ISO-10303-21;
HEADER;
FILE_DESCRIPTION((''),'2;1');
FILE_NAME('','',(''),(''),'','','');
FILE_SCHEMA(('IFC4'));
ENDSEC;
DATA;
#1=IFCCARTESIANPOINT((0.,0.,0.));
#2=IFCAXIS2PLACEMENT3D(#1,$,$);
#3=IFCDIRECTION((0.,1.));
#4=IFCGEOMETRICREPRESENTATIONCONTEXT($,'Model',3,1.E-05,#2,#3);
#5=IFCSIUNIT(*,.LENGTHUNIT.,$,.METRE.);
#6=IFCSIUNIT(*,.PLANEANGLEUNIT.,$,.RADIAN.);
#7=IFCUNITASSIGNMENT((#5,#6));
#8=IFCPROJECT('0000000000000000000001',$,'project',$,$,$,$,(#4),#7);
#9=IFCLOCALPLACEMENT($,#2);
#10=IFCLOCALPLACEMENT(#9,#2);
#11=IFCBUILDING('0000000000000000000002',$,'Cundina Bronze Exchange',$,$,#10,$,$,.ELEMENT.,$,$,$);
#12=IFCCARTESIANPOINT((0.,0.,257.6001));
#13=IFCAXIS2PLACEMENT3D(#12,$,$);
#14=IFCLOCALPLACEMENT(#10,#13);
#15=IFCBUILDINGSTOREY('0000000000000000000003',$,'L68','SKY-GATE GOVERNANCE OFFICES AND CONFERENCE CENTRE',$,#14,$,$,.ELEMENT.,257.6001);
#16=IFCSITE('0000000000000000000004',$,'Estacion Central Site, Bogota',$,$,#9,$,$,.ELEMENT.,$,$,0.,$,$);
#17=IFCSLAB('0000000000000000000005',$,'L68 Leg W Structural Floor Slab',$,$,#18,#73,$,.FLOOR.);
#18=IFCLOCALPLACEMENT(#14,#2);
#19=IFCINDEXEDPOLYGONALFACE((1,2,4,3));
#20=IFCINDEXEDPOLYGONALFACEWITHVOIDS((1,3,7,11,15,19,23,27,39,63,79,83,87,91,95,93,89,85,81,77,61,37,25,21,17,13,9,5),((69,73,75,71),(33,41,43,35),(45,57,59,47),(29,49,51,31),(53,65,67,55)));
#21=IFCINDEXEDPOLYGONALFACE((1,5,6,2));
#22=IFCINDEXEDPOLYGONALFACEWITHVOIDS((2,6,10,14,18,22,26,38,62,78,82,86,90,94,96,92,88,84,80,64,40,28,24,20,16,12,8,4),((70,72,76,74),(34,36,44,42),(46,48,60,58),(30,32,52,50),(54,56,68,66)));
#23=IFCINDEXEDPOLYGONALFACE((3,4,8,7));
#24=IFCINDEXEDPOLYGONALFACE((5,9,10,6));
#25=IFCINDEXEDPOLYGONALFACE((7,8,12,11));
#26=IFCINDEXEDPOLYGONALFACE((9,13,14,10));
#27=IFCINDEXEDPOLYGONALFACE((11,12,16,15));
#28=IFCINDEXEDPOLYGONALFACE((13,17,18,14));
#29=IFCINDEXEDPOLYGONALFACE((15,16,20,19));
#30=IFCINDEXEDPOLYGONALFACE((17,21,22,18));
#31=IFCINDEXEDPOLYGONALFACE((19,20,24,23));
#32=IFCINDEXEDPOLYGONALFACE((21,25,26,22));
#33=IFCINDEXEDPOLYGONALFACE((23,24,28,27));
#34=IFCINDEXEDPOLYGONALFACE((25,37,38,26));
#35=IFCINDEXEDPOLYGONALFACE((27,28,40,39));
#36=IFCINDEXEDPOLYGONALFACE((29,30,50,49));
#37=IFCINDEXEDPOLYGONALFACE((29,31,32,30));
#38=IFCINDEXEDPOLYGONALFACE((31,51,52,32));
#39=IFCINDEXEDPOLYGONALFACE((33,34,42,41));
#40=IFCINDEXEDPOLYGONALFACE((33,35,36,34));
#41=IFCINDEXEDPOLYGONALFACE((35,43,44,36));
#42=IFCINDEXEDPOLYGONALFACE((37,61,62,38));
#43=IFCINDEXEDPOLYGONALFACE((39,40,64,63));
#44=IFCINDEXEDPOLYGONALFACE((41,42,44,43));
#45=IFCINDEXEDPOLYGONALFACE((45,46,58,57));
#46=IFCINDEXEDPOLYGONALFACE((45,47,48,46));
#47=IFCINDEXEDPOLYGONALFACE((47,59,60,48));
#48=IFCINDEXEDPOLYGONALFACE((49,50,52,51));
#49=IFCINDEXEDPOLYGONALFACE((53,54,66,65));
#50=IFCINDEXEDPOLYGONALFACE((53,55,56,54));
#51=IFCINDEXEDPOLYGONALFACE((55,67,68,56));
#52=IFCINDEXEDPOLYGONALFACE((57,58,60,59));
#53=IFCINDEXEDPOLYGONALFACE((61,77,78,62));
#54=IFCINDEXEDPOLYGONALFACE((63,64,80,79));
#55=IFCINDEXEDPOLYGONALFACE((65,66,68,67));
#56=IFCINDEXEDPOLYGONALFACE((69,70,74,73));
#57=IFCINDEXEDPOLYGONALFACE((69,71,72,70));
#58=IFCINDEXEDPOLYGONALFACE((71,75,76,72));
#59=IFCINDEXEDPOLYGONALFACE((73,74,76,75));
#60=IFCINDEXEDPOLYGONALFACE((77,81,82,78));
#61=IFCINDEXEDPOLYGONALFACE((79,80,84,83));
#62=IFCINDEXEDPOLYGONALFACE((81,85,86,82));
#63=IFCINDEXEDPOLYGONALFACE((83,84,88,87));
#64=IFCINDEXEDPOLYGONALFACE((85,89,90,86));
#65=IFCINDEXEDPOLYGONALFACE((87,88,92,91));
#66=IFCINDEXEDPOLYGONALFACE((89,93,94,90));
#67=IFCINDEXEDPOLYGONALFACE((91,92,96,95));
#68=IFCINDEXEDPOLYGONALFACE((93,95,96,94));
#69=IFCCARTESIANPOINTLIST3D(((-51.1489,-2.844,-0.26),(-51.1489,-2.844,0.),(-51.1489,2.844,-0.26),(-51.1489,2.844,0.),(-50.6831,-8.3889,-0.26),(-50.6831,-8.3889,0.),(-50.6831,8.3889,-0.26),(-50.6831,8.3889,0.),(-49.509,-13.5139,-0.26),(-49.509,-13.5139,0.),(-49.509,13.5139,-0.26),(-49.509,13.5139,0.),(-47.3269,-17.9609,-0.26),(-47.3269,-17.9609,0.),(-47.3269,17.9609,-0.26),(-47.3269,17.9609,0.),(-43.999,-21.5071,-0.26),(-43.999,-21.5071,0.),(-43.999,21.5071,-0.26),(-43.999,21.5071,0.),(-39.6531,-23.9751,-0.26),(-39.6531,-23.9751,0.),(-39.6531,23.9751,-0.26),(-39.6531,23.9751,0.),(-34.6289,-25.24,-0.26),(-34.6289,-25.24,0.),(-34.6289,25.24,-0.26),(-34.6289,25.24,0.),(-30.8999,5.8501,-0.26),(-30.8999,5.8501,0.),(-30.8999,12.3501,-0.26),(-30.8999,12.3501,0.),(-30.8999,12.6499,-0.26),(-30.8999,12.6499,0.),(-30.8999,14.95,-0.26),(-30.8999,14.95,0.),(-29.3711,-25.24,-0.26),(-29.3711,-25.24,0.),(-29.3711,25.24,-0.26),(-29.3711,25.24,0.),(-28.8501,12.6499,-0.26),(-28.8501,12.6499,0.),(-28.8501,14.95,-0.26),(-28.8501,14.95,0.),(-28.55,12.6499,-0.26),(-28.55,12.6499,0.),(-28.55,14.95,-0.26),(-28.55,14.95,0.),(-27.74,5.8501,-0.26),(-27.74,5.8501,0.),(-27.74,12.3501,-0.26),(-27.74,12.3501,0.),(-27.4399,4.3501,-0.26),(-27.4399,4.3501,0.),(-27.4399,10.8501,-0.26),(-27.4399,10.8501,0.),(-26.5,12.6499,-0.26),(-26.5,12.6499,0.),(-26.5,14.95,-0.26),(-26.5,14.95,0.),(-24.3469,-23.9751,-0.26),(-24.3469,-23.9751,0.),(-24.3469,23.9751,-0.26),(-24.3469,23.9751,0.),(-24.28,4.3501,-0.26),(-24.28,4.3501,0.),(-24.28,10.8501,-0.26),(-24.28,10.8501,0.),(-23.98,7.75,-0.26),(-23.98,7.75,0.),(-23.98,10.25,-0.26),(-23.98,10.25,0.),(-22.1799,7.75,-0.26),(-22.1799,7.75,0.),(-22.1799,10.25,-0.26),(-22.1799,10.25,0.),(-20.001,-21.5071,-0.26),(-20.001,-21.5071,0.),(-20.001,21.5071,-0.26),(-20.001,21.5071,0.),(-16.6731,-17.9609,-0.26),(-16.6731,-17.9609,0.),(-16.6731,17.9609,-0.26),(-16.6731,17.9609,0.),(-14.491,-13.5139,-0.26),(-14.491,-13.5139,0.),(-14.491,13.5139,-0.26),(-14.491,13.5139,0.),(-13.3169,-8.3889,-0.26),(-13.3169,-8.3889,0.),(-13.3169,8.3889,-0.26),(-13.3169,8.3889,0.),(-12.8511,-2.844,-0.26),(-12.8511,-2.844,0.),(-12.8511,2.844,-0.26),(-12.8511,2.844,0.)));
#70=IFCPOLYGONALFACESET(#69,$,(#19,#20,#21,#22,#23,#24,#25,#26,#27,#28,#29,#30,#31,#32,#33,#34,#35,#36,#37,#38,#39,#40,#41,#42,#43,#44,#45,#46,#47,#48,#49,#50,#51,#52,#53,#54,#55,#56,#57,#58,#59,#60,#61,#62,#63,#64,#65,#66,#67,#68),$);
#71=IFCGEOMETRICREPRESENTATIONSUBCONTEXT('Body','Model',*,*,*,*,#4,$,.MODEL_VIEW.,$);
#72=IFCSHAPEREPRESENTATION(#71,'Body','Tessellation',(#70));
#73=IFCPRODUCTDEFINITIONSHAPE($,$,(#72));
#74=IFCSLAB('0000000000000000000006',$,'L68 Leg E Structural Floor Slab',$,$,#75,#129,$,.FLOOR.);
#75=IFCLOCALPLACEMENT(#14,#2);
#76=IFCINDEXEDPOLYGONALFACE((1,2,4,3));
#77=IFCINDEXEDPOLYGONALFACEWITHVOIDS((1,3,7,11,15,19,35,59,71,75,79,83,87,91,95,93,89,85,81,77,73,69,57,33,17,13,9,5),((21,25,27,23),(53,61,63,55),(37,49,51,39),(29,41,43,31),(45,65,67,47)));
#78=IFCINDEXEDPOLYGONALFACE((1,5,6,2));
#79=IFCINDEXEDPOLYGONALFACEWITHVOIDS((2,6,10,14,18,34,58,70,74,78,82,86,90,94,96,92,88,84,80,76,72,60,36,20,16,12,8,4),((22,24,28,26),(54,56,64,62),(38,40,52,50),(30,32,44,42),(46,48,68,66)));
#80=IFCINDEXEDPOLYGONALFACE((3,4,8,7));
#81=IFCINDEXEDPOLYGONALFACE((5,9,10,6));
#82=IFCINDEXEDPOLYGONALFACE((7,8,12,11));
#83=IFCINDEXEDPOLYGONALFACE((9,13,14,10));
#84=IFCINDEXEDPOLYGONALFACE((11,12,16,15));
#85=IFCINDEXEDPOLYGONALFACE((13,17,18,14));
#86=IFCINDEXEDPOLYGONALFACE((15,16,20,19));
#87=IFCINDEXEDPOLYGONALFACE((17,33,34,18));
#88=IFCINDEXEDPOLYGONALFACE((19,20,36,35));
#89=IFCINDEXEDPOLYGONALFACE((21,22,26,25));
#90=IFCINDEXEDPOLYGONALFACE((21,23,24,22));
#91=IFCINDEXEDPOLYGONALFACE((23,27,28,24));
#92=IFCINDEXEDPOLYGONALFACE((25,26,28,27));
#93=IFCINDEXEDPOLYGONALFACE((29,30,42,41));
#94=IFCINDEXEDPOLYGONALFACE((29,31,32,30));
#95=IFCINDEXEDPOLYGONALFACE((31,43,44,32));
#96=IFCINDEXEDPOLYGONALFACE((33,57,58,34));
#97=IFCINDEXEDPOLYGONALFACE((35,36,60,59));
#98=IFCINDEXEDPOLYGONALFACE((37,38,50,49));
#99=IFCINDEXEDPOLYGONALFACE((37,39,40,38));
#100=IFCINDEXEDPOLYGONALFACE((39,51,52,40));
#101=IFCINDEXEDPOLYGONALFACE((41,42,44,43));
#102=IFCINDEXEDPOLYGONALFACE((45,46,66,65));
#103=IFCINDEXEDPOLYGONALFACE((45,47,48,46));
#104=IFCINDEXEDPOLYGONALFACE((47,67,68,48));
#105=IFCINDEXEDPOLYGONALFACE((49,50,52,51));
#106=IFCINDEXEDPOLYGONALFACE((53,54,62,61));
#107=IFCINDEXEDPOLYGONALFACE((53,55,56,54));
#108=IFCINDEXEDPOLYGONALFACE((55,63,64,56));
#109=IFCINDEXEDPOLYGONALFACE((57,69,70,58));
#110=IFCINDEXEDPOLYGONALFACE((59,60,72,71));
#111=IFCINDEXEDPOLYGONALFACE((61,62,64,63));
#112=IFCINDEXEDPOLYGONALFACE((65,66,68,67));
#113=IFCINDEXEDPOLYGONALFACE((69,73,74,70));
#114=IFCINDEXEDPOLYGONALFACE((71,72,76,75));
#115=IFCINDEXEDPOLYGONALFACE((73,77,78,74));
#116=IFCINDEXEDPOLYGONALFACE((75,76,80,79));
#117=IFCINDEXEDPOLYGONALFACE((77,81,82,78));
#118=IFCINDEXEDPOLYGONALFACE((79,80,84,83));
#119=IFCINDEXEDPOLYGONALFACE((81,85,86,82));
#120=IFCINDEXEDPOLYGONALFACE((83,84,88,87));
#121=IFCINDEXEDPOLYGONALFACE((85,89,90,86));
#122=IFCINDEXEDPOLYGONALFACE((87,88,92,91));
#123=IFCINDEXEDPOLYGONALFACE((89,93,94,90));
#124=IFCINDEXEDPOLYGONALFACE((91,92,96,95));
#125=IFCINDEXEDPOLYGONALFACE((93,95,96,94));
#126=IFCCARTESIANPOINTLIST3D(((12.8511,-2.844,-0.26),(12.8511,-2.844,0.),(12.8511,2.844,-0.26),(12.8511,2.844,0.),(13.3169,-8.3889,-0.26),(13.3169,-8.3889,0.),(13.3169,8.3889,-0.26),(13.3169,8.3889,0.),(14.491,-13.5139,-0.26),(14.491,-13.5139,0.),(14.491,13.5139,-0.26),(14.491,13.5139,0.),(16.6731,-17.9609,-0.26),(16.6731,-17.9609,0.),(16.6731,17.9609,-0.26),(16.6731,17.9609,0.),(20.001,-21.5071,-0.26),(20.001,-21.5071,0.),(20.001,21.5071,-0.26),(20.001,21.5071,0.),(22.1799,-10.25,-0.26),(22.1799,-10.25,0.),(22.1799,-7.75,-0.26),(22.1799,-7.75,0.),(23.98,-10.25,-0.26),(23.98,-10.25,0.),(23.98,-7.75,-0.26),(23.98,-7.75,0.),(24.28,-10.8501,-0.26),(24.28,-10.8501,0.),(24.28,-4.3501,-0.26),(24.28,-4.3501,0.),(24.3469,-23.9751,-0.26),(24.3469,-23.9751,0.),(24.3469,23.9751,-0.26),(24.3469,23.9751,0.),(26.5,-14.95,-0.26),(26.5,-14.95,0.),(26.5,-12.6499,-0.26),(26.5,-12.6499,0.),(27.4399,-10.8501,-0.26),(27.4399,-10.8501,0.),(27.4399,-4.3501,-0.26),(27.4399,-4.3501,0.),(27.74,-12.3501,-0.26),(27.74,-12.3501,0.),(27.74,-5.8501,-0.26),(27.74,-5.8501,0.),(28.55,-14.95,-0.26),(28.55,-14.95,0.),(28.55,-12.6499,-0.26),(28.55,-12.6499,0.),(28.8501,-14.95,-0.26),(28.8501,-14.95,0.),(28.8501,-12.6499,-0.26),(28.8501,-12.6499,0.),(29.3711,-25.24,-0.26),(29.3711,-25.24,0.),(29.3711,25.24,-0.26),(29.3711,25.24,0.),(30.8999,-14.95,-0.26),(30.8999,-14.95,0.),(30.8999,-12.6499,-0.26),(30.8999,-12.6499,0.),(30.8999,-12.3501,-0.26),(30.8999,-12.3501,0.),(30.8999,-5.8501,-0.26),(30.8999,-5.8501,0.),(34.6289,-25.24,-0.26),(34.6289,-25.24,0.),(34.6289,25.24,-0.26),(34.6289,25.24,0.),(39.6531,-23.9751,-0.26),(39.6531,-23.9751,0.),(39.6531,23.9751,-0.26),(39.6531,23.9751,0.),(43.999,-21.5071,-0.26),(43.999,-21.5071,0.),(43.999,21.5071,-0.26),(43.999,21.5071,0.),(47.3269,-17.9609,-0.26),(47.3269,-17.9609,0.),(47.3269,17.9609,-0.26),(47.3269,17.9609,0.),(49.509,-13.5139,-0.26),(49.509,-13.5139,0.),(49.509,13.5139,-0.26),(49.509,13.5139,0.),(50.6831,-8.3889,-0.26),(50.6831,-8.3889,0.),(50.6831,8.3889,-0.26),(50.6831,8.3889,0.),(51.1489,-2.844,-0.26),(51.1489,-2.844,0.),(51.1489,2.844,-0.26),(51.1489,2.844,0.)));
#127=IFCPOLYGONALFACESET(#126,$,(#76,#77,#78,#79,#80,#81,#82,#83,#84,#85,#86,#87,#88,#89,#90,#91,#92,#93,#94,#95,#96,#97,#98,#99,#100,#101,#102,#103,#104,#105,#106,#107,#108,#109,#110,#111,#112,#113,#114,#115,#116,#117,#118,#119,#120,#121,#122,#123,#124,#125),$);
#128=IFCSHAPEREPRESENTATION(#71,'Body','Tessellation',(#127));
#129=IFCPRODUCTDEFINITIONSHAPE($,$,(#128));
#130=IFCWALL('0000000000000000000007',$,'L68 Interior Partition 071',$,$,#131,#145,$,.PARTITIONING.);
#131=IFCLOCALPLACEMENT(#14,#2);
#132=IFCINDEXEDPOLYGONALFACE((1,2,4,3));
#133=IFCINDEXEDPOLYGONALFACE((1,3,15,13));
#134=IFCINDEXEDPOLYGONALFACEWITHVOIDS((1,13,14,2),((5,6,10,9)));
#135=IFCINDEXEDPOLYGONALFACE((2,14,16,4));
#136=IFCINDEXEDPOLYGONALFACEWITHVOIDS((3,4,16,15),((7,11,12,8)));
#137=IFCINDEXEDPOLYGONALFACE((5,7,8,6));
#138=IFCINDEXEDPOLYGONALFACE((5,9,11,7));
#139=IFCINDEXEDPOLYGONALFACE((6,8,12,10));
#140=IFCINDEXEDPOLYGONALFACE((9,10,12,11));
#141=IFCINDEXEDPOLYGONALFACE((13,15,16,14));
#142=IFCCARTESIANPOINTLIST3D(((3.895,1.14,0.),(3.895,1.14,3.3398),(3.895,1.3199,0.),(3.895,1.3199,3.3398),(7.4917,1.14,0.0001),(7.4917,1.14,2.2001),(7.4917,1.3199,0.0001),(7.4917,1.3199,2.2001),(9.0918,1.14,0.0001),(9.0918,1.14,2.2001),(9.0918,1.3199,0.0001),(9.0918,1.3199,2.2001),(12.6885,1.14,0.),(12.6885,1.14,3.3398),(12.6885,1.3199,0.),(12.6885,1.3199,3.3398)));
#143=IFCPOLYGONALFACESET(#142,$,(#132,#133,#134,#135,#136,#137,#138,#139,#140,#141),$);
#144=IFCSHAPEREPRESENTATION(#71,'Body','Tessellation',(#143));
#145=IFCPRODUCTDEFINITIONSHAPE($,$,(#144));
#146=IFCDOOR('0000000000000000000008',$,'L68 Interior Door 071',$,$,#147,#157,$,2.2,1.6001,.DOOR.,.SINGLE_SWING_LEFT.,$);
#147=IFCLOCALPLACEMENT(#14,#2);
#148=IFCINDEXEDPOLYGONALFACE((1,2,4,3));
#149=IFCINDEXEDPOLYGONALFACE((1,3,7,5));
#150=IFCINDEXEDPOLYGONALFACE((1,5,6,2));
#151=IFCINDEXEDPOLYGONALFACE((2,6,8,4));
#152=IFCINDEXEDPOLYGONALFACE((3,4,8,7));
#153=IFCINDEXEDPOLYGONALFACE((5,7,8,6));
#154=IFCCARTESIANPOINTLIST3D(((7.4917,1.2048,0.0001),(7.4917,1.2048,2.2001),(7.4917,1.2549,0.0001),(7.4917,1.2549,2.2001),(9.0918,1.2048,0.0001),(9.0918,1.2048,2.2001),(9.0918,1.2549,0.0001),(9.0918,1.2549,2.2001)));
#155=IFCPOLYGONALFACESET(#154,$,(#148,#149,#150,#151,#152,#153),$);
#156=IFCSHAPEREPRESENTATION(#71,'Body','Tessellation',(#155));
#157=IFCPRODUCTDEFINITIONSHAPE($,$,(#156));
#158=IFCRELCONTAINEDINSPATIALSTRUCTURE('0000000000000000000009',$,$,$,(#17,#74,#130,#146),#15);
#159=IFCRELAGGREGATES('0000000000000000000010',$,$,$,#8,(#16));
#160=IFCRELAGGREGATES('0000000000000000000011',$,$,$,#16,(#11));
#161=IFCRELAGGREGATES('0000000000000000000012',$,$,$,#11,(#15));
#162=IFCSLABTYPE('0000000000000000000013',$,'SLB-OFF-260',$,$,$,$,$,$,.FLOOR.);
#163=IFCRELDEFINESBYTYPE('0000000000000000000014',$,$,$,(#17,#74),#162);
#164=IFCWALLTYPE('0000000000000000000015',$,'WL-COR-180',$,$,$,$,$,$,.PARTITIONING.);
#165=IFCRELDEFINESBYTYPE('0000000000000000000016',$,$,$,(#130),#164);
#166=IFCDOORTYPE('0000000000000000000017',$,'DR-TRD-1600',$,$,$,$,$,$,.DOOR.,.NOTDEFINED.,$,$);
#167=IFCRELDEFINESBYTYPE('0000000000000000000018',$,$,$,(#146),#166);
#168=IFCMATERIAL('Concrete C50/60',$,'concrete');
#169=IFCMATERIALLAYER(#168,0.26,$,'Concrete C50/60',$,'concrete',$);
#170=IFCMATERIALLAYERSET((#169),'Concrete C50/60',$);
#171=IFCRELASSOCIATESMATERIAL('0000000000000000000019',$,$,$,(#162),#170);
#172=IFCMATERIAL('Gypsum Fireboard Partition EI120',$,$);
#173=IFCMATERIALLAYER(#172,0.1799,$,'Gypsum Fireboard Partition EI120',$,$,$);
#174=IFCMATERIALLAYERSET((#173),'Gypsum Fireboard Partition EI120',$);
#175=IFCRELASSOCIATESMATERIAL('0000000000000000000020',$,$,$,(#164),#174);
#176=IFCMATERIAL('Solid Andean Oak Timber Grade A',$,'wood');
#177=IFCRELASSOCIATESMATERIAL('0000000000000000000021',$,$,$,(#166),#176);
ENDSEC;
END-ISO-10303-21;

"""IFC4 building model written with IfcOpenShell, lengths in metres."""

from ifc_helpers import new_model, si_unit, direction, frame, frame_2d, origin, place, context, subcontext, project, spatial, polyline, rectangle, outline, extrude, material, layer, layer_set, type_object, element, fill, save


model = new_model("IFC4")

# Units and contexts
model_context = context("Model", 3, precision=1e-05, world=origin(), true_north=direction((0.0, 1.0)))
body_context = subcontext(model_context, "Body", "Model", "MODEL_VIEW")
ifc_project = project(units=[si_unit("LENGTHUNIT", "METRE"), si_unit("PLANEANGLEUNIT", "RADIAN")], contexts=[model_context])

# Site, building, storey
site_placement = place(None, origin())
site = spatial("IfcSite", under=ifc_project, at=site_placement, Name="Estacion Central Site, Bogota", CompositionType="ELEMENT", RefElevation=0.0)
building_placement = place(site_placement, origin())
building = spatial("IfcBuilding", under=site, at=building_placement, Name="Cundina Bronze Exchange", CompositionType="ELEMENT")
storey_placement = place(building_placement, frame((0.0, 0.0, 257.6001)))
storey = spatial("IfcBuildingStorey", under=building, at=storey_placement, Name="L68", Description="SKY-GATE GOVERNANCE OFFICES AND CONFERENCE CENTRE", CompositionType="ELEMENT", Elevation=257.6001)

# Shared definitions
ifc_material_1 = material(Name="Concrete C50/60", Category="concrete")

# Slabs
ifc_layer_1 = layer(ifc_material_1, 0.26, Name="Concrete C50/60", Category="concrete")
ifc_layer_set_1 = layer_set([ifc_layer_1], Name="Concrete C50/60")
slab_type_1 = type_object("IfcSlabType", Name="SLB-OFF-260", PredefinedType="FLOOR", material=ifc_layer_set_1)
slab_1_placement = place(storey_placement, frame((0.0, 0.0, -0.26)))
element("IfcSlab", 1, at=slab_1_placement, inside=storey, type_object=slab_type_1, Name="L68 Leg W Structural Floor Slab", PredefinedType="FLOOR", context=body_context, shape_type="SweptSolid", body=[
    extrude(outline(polyline([(-12.8511, 2.844), (-13.3169, 8.3889), (-14.491, 13.5139), (-16.6731, 17.9609), (-20.001, 21.5071), (-24.3469, 23.9751), (-29.3711, 25.24), (-34.6289, 25.24), (-39.6531, 23.9751), (-43.999, 21.5071), (-47.3269, 17.9609), (-49.509, 13.5139), (-50.6831, 8.3889), (-51.1489, 2.844), (-51.1489, -2.844), (-50.6831, -8.3889), (-49.509, -13.5139), (-47.3269, -17.9609), (-43.999, -21.5071), (-39.6531, -23.9751), (-34.6289, -25.24), (-29.3711, -25.24), (-24.3469, -23.9751), (-20.001, -21.5071), (-16.6731, -17.9609), (-14.491, -13.5139), (-13.3169, -8.3889), (-12.8511, -2.844), (-12.8511, 2.844)]), holes=[polyline([(-27.74, 5.8501), (-27.74, 12.3501), (-30.8999, 12.3501), (-30.8999, 5.8501), (-27.74, 5.8501)]), polyline([(-27.4399, 10.8501), (-27.4399, 4.3501), (-24.28, 4.3501), (-24.28, 10.8501), (-27.4399, 10.8501)]), polyline([(-23.98, 10.25), (-22.1799, 10.25), (-22.1799, 7.75), (-23.98, 7.75), (-23.98, 10.25)]), polyline([(-30.8999, 14.95), (-28.8501, 14.95), (-28.8501, 12.6499), (-30.8999, 12.6499), (-30.8999, 14.95)]), polyline([(-28.55, 14.95), (-26.5, 14.95), (-26.5, 12.6499), (-28.55, 12.6499), (-28.55, 14.95)])]), origin(), (0.0, 0.0, 1.0), 0.26),
])
slab_2_placement = place(storey_placement, frame((0.0, 0.0, -0.26)))
element("IfcSlab", 2, at=slab_2_placement, inside=storey, type_object=slab_type_1, Name="L68 Leg E Structural Floor Slab", PredefinedType="FLOOR", context=body_context, shape_type="SweptSolid", body=[
    extrude(outline(polyline([(51.1489, 2.844), (50.6831, 8.3889), (49.509, 13.5139), (47.3269, 17.9609), (43.999, 21.5071), (39.6531, 23.9751), (34.6289, 25.24), (29.3711, 25.24), (24.3469, 23.9751), (20.001, 21.5071), (16.6731, 17.9609), (14.491, 13.5139), (13.3169, 8.3889), (12.8511, 2.844), (12.8511, -2.844), (13.3169, -8.3889), (14.491, -13.5139), (16.6731, -17.9609), (20.001, -21.5071), (24.3469, -23.9751), (29.3711, -25.24), (34.6289, -25.24), (39.6531, -23.9751), (43.999, -21.5071), (47.3269, -17.9609), (49.509, -13.5139), (50.6831, -8.3889), (51.1489, -2.844), (51.1489, 2.844)]), holes=[polyline([(27.74, -5.8501), (27.74, -12.3501), (30.8999, -12.3501), (30.8999, -5.8501), (27.74, -5.8501)]), polyline([(27.4399, -10.8501), (27.4399, -4.3501), (24.28, -4.3501), (24.28, -10.8501), (27.4399, -10.8501)]), polyline([(22.1799, -7.75), (23.98, -7.75), (23.98, -10.25), (22.1799, -10.25), (22.1799, -7.75)]), polyline([(28.8501, -12.6499), (30.8999, -12.6499), (30.8999, -14.95), (28.8501, -14.95), (28.8501, -12.6499)]), polyline([(26.5, -12.6499), (28.55, -12.6499), (28.55, -14.95), (26.5, -14.95), (26.5, -12.6499)])]), origin(), (0.0, 0.0, 1.0), 0.26),
])

# Wall, opening, door
ifc_material_2 = material(Name="Gypsum Fireboard Partition EI120")
ifc_layer_2 = layer(ifc_material_2, 0.1799, Name="Gypsum Fireboard Partition EI120")
ifc_layer_set_2 = layer_set([ifc_layer_2], Name="Gypsum Fireboard Partition EI120")
wall_type = type_object("IfcWallType", Name="WL-COR-180", PredefinedType="PARTITIONING", material=ifc_layer_set_2)
wall_1_placement = place(storey_placement, frame((3.895, 1.23, 0.0), z_axis=(0.0, 0.0, 1.0), x_axis=(1.0, 0.0, 0.0)))
wall_1 = element("IfcWall", 3, at=wall_1_placement, inside=storey, type_object=wall_type, Name="L68 Interior Partition 071", PredefinedType="PARTITIONING", context=body_context, shape_type="SweptSolid", body=[
    extrude(rectangle(XDim=8.7935, YDim=0.1799, at=frame_2d((4.3967, 0.0))), origin(), (0.0, 0.0, 1.0), 3.3398),
])
opening_1_placement = place(wall_1_placement, frame((3.5967, 0.0, 0.0)))
opening_1 = element("IfcOpeningElement", 4, at=opening_1_placement, cuts=wall_1, PredefinedType="OPENING", context=body_context, shape_type="SweptSolid", body=[
    extrude(rectangle(XDim=1.6001, YDim=2.2, at=frame_2d((0.8, 1.1001))), frame((0.0, 0.0999, 0.0), z_axis=(0.0, -1.0, 0.0), x_axis=(1.0, 0.0, 0.0)), (0.0, 0.0, 1.0), 0.2),
])
ifc_material_3 = material(Name="Solid Andean Oak Timber Grade A", Category="wood")
door_type_1 = type_object("IfcDoorType", Name="DR-TRD-1600", OperationType="NOTDEFINED", PredefinedType="DOOR", material=ifc_material_3)
door_1_placement = place(opening_1_placement, origin())
door_1 = element("IfcDoor", 5, at=door_1_placement, inside=storey, type_object=door_type_1, Name="L68 Interior Door 071", OperationType="SINGLE_SWING_LEFT", OverallHeight=2.2, OverallWidth=1.6001, PredefinedType="DOOR", context=body_context, shape_type="SweptSolid", body=[
    extrude(rectangle(XDim=1.6001, YDim=2.2, at=frame_2d((0.8, 1.1001))), frame((0.0, 0.0249, 0.0), z_axis=(0.0, -1.0, 0.0), x_axis=(1.0, 0.0, 0.0)), (0.0, 0.0, 1.0), 0.05),
])
fill(opening_1, door_1)

save(model, "model.ifc")
